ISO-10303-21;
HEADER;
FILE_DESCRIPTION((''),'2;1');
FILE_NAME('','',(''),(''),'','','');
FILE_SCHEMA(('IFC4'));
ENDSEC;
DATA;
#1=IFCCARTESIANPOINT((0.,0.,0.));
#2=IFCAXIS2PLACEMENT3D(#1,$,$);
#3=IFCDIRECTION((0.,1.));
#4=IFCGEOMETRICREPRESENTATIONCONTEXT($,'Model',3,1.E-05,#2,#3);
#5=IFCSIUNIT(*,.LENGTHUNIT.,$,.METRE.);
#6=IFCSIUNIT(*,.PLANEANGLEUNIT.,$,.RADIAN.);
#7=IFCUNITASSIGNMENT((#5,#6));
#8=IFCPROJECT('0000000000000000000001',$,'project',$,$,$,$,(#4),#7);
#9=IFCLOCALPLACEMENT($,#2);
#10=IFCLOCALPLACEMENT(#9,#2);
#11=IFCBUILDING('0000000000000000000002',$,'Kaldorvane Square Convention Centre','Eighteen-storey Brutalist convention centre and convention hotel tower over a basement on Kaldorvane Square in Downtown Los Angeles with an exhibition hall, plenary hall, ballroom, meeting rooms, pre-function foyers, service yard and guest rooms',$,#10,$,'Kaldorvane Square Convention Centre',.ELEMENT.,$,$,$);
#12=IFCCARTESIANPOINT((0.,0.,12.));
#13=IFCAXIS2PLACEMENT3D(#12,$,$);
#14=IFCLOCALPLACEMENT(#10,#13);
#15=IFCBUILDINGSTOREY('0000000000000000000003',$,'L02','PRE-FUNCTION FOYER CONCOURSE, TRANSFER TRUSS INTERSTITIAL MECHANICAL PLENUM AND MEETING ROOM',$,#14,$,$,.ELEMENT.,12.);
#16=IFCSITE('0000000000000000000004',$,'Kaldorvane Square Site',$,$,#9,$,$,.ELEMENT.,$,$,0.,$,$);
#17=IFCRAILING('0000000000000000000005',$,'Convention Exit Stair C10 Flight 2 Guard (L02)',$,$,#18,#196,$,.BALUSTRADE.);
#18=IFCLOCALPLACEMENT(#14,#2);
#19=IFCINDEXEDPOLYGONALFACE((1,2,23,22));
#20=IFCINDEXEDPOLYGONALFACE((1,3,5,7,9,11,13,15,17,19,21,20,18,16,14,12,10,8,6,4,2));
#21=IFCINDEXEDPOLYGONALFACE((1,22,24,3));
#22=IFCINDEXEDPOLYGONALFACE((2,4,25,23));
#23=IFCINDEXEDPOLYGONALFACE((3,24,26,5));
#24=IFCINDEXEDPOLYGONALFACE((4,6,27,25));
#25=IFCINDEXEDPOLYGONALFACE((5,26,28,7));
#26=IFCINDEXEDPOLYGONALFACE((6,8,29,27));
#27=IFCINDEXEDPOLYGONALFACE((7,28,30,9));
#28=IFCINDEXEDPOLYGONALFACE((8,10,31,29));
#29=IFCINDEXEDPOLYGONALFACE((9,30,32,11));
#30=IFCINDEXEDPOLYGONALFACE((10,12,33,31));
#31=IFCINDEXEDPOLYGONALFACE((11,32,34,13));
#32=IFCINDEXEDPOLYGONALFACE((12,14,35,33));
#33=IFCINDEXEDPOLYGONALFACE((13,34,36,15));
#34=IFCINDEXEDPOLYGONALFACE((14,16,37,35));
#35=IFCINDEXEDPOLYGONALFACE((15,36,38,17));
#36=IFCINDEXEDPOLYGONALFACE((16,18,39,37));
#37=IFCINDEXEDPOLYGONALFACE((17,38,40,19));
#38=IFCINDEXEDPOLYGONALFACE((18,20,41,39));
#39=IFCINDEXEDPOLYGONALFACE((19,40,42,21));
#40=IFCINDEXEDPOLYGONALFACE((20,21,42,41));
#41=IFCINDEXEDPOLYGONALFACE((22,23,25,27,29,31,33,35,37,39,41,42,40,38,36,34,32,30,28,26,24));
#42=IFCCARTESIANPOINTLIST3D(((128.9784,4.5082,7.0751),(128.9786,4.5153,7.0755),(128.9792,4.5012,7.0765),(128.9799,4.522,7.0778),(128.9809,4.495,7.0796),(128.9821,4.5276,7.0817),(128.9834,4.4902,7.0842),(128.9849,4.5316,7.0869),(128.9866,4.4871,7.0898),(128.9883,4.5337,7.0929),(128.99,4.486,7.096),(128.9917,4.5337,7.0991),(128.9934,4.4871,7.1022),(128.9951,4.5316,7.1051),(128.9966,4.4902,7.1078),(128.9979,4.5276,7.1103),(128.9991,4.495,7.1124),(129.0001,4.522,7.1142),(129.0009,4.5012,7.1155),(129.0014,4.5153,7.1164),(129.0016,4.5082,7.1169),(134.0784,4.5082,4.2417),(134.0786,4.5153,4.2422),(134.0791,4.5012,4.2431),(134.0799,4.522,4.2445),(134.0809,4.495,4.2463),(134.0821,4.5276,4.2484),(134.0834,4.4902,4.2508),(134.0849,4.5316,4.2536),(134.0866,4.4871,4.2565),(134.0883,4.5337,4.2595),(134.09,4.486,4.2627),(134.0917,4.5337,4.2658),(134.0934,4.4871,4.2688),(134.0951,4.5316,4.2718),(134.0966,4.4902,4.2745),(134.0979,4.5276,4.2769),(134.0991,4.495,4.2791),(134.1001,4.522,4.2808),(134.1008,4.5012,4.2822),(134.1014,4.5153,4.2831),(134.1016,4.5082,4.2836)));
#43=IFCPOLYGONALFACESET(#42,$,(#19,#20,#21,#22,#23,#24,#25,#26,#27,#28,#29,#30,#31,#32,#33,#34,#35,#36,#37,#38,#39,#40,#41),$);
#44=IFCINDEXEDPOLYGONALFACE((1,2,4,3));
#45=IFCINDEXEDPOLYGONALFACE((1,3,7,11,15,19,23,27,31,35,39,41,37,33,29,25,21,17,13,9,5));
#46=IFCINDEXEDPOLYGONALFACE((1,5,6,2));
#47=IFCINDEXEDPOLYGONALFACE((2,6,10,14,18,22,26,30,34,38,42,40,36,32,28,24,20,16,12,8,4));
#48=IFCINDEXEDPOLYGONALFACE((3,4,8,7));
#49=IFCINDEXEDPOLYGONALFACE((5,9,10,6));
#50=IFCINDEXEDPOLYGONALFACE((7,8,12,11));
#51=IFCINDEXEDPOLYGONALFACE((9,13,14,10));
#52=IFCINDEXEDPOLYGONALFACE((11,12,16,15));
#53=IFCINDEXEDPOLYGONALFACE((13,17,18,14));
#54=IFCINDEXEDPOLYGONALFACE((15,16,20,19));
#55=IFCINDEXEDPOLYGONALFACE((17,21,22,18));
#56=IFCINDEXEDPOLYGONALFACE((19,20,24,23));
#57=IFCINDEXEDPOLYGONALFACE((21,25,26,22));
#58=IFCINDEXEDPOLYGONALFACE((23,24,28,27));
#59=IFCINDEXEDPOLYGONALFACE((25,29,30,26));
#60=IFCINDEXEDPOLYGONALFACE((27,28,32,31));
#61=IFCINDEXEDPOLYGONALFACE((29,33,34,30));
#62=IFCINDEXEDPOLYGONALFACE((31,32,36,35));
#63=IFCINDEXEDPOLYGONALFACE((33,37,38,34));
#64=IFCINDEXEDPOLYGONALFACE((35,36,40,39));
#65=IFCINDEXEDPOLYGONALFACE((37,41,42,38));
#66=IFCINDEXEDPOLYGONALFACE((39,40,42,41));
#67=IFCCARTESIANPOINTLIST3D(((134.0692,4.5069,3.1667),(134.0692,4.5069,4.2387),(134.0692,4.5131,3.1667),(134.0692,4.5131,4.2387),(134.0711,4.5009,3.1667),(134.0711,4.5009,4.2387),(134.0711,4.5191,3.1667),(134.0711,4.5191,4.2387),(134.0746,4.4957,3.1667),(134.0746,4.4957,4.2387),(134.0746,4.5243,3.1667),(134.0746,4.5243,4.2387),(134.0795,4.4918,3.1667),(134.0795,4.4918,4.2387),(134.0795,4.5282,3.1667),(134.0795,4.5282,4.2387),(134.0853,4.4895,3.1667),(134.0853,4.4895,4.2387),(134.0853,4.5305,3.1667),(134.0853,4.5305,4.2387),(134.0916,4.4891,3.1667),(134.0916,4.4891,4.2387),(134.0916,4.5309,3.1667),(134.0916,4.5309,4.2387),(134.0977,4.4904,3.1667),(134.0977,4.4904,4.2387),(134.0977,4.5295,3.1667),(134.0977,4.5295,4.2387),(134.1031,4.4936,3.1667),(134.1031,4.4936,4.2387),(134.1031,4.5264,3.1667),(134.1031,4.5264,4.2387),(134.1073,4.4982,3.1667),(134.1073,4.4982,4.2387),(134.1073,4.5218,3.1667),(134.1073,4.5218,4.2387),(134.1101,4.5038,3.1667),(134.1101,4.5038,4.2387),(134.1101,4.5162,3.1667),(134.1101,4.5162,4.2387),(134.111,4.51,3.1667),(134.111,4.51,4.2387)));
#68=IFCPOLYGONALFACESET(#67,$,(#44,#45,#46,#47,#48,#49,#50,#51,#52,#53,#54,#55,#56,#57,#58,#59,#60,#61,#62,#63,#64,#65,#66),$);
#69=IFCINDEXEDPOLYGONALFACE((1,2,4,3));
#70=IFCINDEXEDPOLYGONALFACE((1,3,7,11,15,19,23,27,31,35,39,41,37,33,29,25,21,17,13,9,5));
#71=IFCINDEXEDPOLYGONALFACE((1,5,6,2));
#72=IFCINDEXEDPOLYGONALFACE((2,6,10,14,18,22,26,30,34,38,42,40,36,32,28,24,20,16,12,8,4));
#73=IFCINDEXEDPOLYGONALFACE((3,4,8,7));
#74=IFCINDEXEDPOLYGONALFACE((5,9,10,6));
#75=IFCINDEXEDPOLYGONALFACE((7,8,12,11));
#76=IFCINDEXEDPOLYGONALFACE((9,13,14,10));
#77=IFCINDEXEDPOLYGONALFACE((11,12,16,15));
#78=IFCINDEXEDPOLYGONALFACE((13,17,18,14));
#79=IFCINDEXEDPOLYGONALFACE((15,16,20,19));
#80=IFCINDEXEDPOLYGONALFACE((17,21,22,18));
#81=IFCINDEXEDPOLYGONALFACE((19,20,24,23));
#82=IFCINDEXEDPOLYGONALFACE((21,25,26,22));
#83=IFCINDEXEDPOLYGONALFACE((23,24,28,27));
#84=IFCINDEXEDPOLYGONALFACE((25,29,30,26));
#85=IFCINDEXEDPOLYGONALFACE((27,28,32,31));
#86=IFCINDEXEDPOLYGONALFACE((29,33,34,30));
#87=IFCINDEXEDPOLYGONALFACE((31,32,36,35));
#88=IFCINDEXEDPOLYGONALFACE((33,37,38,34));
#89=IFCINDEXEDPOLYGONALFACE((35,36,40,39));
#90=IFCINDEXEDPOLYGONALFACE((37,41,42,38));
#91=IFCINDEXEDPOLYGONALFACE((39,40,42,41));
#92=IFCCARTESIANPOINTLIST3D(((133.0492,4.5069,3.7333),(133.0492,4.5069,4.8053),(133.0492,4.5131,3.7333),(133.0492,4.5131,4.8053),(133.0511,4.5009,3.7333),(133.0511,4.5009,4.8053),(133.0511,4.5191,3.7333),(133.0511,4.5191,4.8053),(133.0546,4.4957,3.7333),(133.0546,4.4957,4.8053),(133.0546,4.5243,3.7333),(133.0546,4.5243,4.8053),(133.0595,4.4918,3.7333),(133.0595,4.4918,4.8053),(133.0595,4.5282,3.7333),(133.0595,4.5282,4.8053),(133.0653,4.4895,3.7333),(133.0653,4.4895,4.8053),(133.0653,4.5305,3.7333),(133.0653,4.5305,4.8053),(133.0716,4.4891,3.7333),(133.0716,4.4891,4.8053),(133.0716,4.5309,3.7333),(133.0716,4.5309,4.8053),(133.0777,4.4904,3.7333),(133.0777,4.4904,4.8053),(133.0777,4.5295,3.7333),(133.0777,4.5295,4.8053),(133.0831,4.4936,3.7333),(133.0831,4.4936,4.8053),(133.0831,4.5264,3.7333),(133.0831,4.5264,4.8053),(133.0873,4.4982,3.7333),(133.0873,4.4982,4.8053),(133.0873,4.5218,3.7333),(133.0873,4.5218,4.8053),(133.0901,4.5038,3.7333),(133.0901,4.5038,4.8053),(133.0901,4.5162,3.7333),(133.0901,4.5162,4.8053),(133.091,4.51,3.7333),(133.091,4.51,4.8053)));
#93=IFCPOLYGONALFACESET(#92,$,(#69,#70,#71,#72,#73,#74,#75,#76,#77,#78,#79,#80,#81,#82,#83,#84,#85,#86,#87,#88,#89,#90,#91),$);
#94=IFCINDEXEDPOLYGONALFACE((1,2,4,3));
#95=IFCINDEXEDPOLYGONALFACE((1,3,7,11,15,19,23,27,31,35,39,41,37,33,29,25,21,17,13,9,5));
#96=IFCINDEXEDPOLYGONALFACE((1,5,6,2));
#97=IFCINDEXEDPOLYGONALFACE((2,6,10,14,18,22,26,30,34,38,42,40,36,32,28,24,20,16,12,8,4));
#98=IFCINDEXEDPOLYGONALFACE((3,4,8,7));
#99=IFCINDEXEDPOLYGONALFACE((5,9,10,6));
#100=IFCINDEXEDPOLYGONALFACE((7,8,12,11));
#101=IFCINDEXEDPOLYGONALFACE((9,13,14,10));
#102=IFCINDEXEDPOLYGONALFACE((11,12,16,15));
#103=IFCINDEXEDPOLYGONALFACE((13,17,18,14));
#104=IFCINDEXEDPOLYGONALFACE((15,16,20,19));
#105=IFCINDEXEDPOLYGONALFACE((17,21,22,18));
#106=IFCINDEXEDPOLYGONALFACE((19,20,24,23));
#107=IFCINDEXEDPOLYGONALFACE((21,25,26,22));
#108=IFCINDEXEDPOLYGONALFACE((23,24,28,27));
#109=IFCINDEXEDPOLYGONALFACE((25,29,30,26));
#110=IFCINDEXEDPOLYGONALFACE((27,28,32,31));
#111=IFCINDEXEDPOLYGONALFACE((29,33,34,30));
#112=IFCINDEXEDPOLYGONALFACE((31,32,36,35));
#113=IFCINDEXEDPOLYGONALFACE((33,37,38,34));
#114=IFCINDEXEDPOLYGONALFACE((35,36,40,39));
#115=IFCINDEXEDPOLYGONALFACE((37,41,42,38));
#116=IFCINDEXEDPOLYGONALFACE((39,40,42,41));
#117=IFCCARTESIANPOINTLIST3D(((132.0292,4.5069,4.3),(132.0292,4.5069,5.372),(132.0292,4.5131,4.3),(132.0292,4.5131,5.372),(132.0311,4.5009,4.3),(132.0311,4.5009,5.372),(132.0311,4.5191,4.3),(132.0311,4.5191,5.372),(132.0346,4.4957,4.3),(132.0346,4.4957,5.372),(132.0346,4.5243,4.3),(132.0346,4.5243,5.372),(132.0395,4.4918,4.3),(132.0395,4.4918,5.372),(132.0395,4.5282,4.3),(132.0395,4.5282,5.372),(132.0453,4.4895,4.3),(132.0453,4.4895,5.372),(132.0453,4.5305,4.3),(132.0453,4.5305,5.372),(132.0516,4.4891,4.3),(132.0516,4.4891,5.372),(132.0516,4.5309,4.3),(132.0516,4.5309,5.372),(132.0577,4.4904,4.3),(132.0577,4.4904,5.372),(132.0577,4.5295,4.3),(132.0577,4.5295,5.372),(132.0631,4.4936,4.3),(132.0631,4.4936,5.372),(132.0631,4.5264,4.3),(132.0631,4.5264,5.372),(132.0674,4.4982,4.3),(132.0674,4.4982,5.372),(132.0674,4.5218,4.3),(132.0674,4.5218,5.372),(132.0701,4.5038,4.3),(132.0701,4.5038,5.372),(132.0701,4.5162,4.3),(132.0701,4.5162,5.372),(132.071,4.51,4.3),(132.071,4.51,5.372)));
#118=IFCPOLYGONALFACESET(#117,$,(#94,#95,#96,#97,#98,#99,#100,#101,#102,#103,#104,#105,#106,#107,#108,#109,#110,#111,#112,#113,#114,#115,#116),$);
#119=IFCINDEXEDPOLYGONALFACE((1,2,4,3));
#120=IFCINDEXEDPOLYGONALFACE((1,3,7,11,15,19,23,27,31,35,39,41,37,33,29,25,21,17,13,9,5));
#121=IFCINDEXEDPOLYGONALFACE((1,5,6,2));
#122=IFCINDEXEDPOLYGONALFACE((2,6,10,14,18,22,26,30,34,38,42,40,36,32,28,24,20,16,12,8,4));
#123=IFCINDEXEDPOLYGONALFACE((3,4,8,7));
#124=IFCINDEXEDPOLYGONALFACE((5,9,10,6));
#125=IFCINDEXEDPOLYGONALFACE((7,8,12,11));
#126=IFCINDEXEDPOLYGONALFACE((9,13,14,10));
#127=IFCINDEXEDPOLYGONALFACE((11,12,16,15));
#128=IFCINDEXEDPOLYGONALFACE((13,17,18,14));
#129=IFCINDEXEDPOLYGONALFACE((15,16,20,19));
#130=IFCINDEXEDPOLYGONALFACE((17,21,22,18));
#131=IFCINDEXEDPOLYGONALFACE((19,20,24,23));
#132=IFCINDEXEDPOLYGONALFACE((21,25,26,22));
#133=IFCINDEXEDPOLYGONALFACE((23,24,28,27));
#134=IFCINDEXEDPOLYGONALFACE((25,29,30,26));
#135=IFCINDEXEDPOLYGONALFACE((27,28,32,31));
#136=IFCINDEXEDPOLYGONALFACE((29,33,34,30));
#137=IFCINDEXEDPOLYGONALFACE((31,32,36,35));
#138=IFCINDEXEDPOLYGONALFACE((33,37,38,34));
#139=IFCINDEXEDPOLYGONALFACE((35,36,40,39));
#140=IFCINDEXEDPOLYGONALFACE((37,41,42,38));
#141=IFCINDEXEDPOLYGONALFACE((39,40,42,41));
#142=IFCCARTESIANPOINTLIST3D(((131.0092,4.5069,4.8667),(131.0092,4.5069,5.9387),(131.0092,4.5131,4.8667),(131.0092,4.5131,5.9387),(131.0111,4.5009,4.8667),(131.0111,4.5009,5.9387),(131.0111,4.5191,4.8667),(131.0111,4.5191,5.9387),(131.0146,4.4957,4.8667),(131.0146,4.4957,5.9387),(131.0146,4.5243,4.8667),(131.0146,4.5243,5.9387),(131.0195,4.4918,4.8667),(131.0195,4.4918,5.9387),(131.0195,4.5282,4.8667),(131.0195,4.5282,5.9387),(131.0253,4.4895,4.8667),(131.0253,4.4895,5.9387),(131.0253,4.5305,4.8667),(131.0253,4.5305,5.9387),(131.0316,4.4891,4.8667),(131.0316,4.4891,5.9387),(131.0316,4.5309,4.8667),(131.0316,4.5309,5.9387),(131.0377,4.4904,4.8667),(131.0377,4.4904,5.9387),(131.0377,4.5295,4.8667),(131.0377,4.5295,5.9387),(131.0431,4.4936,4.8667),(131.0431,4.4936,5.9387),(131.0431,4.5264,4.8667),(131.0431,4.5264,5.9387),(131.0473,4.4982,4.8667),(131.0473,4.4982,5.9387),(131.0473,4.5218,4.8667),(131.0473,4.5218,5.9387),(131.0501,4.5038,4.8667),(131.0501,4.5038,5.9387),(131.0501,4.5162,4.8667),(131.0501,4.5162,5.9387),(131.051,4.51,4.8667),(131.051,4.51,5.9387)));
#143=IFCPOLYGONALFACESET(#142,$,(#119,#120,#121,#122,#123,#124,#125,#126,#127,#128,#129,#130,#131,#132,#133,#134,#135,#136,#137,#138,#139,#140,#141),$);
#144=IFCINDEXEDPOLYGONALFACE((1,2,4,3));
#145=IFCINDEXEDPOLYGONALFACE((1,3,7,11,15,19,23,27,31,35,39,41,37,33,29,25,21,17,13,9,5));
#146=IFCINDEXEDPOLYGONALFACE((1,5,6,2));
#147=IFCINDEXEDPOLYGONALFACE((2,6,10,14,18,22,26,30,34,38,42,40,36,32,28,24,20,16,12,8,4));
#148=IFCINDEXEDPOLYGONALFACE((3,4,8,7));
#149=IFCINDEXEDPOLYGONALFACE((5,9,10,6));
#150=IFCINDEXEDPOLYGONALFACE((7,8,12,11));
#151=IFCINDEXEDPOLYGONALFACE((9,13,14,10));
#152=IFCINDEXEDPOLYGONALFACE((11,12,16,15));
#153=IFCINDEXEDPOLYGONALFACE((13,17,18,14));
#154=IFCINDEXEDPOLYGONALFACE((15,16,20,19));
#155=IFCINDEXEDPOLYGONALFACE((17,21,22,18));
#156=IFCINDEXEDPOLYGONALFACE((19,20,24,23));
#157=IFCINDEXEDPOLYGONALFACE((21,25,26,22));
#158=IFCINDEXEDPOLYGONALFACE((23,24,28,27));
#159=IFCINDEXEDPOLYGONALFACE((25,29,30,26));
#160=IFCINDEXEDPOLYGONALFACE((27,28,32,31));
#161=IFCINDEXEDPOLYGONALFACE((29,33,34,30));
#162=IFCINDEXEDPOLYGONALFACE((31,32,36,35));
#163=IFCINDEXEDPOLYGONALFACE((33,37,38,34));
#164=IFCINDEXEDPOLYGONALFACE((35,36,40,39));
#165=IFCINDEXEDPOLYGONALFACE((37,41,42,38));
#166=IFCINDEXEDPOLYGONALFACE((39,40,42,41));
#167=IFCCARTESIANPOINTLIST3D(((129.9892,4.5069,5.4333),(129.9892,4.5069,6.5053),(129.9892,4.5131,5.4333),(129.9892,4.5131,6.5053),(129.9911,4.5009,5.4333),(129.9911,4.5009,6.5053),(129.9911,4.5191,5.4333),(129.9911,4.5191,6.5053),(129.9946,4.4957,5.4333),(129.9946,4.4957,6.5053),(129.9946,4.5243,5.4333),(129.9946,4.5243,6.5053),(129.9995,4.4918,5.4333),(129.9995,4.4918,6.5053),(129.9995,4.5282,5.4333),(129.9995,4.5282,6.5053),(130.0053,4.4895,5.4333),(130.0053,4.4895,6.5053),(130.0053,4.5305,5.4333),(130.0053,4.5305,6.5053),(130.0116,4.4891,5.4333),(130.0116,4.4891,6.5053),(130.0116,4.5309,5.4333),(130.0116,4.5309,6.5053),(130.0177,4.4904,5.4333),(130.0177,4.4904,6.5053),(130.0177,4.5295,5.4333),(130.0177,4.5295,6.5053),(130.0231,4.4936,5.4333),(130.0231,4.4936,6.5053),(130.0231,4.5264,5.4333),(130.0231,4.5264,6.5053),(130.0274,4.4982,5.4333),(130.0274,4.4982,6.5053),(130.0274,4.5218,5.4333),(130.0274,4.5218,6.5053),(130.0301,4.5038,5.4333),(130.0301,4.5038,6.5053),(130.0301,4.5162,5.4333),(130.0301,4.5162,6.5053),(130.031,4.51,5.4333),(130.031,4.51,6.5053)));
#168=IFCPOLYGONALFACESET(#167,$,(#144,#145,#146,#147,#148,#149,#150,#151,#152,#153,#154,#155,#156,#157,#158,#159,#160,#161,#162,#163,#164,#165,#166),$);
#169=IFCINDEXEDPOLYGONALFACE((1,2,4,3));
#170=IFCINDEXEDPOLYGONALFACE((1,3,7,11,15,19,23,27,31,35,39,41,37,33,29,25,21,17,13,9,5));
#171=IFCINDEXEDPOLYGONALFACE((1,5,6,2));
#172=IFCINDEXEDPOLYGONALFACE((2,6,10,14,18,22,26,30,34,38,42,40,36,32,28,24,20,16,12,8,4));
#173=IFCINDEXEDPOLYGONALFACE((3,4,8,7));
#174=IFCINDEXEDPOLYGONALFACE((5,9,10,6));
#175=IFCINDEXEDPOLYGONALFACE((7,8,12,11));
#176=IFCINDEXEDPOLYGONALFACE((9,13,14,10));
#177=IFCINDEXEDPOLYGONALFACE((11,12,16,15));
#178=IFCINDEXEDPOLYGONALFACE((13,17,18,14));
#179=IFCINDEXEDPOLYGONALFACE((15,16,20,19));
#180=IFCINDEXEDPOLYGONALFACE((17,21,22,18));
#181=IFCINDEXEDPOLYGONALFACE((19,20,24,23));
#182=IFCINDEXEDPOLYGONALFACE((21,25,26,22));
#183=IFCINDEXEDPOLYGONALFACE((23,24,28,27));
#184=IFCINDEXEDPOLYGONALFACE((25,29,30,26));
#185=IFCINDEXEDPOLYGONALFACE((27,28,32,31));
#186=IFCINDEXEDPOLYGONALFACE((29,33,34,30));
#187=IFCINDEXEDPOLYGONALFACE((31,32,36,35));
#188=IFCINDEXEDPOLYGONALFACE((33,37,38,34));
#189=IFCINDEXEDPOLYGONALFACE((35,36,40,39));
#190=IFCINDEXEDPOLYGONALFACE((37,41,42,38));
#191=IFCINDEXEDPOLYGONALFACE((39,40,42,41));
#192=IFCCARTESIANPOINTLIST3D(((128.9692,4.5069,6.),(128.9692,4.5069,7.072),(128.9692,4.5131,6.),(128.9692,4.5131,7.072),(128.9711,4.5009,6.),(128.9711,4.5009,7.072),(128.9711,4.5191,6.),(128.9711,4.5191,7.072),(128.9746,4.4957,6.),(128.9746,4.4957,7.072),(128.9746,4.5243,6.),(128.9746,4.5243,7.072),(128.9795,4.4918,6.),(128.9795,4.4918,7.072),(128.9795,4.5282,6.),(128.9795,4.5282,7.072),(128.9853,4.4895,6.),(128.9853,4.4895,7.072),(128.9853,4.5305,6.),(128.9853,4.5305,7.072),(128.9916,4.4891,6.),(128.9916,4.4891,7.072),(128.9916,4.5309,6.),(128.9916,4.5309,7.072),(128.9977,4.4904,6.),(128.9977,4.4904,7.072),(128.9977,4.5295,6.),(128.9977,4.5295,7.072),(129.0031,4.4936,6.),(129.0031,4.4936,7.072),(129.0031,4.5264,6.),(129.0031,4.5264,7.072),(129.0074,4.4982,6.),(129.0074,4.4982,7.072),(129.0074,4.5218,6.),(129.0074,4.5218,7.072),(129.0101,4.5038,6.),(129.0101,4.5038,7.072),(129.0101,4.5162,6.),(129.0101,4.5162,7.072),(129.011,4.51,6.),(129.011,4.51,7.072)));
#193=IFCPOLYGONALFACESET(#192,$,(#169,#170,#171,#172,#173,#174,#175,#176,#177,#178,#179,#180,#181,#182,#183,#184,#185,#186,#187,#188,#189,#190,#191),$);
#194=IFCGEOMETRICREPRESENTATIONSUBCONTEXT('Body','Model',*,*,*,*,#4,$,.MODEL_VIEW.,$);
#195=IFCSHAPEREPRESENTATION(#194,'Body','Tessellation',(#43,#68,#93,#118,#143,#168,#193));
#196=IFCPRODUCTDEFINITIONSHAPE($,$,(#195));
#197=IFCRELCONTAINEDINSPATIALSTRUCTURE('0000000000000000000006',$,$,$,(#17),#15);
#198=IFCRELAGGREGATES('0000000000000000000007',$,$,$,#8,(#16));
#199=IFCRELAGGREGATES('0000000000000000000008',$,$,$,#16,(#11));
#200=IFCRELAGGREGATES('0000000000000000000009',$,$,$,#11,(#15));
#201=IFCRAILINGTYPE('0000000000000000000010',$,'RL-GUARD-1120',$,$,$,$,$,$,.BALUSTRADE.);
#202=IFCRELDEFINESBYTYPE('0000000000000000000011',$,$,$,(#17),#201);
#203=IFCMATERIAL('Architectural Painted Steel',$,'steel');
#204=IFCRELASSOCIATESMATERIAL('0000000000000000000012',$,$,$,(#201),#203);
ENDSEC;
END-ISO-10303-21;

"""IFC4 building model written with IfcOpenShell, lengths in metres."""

from ifc_helpers import new_model, si_unit, direction, frame, origin, origin_2d, place, context, subcontext, project, spatial, circle, extrude, material, type_object, element, save


model = new_model("IFC4")

# Units and contexts
model_context = context("Model", 3, precision=1e-05, world=origin(), true_north=direction((0.0, 1.0)))
body_context = subcontext(model_context, "Body", "Model", "MODEL_VIEW")
ifc_project = project(units=[si_unit("LENGTHUNIT", "METRE"), si_unit("PLANEANGLEUNIT", "RADIAN")], contexts=[model_context])

# Site, building, storey
site_placement = place(None, origin())
site = spatial("IfcSite", under=ifc_project, at=site_placement, Name="Kaldorvane Square Site", CompositionType="ELEMENT", RefElevation=0.0)
building_placement = place(site_placement, origin())
building = spatial("IfcBuilding", under=site, at=building_placement, Name="Kaldorvane Square Convention Centre", Description="Eighteen-storey Brutalist convention centre and convention hotel tower over a basement on Kaldorvane Square in Downtown Los Angeles with an exhibition hall, plenary hall, ballroom, meeting rooms, pre-function foyers, service yard and guest rooms", LongName="Kaldorvane Square Convention Centre", CompositionType="ELEMENT")
storey_placement = place(building_placement, frame((0.0, 0.0, 12.0)))
storey = spatial("IfcBuildingStorey", under=building, at=storey_placement, Name="L02", Description="PRE-FUNCTION FOYER CONCOURSE, TRANSFER TRUSS INTERSTITIAL MECHANICAL PLENUM AND MEETING ROOM", CompositionType="ELEMENT", Elevation=12.0)

# Railing
ifc_material_1 = material(Name="Architectural Painted Steel", Category="steel")
railing_type_1 = type_object("IfcRailingType", Name="RL-GUARD-1120", PredefinedType="BALUSTRADE", material=ifc_material_1)
railing_1_placement = place(storey_placement, frame((134.09, 4.51, 3.1667)))
element("IfcRailing", 1, at=railing_1_placement, inside=storey, type_object=railing_type_1, Name="Convention Exit Stair C10 Flight 2 Guard (L02)", PredefinedType="BALUSTRADE", context=body_context, shape_type="SweptSolid", body=[
    extrude(circle(Radius=0.024, at=origin_2d()), frame((0.0, 0.0, 1.096), z_axis=(-0.874157, 0.0, 0.485643), x_axis=(0.0, -1.0, 0.0)), (0.0, 0.0, 1.0), 5.8342),
    extrude(circle(Radius=0.021, at=origin_2d()), origin(), (0.0, 0.0, 1.0), 1.072),
    extrude(circle(Radius=0.021, at=origin_2d()), frame((-1.02, 0.0, 0.5667)), (0.0, 0.0, 1.0), 1.072),
    extrude(circle(Radius=0.021, at=origin_2d()), frame((-2.04, 0.0, 1.1333)), (0.0, 0.0, 1.0), 1.072),
    extrude(circle(Radius=0.021, at=origin_2d()), frame((-3.06, 0.0, 1.7)), (0.0, 0.0, 1.0), 1.072),
    extrude(circle(Radius=0.021, at=origin_2d()), frame((-4.08, 0.0, 2.2667)), (0.0, 0.0, 1.0), 1.072),
    extrude(circle(Radius=0.021, at=origin_2d()), frame((-5.1, 0.0, 2.8333)), (0.0, 0.0, 1.0), 1.072),
])

save(model, "model.ifc")
